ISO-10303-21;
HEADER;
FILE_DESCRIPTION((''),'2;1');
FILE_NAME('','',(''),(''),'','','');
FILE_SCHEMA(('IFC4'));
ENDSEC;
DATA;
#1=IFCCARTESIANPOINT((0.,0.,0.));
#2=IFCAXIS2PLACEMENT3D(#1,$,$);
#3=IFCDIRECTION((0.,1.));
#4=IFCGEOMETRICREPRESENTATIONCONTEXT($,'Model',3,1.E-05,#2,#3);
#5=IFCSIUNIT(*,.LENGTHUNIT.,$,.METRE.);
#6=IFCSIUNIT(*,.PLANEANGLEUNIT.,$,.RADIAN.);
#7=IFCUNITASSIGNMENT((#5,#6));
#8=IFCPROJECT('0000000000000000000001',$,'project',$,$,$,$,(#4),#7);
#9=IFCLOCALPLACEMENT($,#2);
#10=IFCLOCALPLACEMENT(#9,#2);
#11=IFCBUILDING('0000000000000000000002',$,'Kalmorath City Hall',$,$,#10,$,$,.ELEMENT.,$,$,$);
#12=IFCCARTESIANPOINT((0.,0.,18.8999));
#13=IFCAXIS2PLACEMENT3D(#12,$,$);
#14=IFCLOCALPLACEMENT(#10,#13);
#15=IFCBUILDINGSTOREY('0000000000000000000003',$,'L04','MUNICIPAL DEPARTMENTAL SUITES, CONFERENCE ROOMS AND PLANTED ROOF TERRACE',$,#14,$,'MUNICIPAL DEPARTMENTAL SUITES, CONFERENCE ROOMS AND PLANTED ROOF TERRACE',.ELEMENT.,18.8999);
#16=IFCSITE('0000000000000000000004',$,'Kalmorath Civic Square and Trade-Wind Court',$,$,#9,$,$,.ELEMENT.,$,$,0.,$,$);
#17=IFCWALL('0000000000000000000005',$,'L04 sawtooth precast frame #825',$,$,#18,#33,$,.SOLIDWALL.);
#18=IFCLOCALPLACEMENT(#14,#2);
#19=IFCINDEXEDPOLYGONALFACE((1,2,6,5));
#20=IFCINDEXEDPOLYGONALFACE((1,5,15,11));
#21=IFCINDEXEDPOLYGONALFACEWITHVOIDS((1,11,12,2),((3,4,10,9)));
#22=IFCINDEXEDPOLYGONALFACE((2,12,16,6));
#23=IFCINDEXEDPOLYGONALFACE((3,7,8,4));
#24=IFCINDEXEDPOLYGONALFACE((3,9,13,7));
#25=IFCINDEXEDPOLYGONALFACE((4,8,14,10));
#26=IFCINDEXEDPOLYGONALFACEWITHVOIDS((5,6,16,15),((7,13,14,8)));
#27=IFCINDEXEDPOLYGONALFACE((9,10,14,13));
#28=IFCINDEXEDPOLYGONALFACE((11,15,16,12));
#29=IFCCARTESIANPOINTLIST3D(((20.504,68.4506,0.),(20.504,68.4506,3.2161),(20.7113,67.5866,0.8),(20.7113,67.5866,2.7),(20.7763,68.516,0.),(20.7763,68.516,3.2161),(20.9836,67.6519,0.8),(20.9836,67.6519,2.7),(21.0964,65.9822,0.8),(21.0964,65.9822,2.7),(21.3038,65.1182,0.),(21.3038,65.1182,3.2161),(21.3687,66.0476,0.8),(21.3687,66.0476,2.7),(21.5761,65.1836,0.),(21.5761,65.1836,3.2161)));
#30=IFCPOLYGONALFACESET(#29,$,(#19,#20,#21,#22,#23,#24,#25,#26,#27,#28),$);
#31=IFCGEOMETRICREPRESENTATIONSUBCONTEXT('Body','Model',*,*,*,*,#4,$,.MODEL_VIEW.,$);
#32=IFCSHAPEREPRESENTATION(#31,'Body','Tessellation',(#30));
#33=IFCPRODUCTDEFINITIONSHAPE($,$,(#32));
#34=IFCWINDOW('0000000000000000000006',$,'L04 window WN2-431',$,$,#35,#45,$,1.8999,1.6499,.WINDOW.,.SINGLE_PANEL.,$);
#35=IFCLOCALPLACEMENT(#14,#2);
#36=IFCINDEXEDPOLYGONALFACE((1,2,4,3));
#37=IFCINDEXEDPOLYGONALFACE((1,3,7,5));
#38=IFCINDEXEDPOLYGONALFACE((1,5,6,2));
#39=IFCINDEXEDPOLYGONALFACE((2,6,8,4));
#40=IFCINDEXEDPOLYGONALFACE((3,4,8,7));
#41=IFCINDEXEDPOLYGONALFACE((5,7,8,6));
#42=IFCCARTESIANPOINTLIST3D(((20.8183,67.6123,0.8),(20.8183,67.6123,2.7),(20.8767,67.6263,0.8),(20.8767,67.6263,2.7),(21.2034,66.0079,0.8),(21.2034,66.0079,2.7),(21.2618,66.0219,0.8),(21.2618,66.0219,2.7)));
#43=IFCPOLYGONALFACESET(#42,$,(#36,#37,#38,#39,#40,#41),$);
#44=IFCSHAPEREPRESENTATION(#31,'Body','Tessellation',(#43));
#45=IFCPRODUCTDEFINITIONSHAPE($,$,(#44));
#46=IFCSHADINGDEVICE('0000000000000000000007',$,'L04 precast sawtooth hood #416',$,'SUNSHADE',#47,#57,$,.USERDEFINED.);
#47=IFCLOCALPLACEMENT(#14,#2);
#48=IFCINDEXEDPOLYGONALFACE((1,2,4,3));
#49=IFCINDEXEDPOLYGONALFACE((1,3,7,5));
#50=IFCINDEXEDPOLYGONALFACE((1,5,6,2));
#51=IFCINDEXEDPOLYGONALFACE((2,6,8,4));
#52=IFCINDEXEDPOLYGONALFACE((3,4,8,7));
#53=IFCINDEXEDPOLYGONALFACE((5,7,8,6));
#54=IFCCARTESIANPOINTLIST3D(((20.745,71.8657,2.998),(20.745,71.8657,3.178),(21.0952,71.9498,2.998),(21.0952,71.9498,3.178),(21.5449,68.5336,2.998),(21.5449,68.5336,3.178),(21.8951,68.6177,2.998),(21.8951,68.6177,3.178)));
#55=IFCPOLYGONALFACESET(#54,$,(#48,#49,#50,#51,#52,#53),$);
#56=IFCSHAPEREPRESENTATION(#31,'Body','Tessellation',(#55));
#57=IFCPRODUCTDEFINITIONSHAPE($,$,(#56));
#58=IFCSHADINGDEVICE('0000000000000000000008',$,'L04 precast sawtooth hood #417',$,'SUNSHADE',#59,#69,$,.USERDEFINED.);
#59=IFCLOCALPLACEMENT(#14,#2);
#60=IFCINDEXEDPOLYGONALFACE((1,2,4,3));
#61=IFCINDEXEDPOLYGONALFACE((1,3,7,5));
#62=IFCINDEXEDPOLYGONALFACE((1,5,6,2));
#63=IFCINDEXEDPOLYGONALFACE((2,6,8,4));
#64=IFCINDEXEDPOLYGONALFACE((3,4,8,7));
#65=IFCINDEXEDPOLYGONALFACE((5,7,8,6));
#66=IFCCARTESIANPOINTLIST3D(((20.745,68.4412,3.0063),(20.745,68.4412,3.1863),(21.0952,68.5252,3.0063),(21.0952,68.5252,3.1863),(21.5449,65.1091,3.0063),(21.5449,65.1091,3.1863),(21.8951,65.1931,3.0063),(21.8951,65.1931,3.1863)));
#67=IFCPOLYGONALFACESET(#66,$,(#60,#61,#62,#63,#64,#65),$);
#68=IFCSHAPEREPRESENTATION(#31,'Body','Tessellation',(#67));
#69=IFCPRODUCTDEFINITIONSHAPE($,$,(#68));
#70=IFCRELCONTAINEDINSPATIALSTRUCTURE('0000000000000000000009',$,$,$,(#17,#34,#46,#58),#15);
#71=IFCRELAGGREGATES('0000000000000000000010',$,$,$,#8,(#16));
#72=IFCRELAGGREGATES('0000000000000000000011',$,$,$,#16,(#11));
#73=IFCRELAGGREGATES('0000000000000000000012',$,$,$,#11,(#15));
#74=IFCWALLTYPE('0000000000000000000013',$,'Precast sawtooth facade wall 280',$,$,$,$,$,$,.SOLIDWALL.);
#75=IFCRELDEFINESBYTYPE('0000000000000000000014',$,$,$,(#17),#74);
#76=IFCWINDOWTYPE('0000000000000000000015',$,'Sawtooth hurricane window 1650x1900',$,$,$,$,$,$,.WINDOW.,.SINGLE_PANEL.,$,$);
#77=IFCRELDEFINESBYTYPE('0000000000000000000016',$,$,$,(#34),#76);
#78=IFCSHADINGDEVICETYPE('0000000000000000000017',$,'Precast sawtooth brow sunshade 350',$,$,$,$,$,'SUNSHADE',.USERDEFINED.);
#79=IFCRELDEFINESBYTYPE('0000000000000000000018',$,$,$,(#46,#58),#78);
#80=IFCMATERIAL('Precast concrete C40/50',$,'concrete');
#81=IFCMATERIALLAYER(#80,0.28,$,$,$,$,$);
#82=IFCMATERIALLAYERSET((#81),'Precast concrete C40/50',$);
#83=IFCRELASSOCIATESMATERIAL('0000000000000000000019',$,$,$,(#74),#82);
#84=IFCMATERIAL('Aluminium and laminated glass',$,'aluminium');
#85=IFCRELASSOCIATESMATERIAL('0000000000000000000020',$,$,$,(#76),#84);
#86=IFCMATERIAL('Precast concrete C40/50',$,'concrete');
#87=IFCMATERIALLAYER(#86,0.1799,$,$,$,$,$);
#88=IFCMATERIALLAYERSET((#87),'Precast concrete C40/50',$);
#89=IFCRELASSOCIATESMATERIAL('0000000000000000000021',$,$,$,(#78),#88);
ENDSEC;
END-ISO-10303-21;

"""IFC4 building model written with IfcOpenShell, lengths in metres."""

from ifc_helpers import new_model, si_unit, direction, frame, frame_2d, origin, origin_2d, place, context, subcontext, project, spatial, rectangle, extrude, material, layer, layer_set, type_object, element, fill, save


model = new_model("IFC4")

# Units and contexts
model_context = context("Model", 3, precision=1e-05, world=origin(), true_north=direction((0.0, 1.0)))
body_context = subcontext(model_context, "Body", "Model", "MODEL_VIEW")
ifc_project = project(units=[si_unit("LENGTHUNIT", "METRE"), si_unit("PLANEANGLEUNIT", "RADIAN")], contexts=[model_context])

# Site, building, storey
site_placement = place(None, origin())
site = spatial("IfcSite", under=ifc_project, at=site_placement, Name="Kalmorath Civic Square and Trade-Wind Court", CompositionType="ELEMENT", RefElevation=0.0)
building_placement = place(site_placement, origin())
building = spatial("IfcBuilding", under=site, at=building_placement, Name="Kalmorath City Hall", CompositionType="ELEMENT")
storey_placement = place(building_placement, frame((0.0, 0.0, 18.8999)))
storey = spatial("IfcBuildingStorey", under=building, at=storey_placement, Name="L04", Description="MUNICIPAL DEPARTMENTAL SUITES, CONFERENCE ROOMS AND PLANTED ROOF TERRACE", LongName="MUNICIPAL DEPARTMENTAL SUITES, CONFERENCE ROOMS AND PLANTED ROOF TERRACE", CompositionType="ELEMENT", Elevation=18.8999)

# Wall, opening, window
ifc_material_1 = material(Name="Precast concrete C40/50", Category="concrete")
ifc_layer_1 = layer(ifc_material_1, 0.28)
ifc_layer_set_1 = layer_set([ifc_layer_1], Name="Precast concrete C40/50")
wall_type_1 = type_object("IfcWallType", Name="Precast sawtooth facade wall 280", PredefinedType="SOLIDWALL", material=ifc_layer_set_1)
ifc_material_2 = material(Name="Aluminium and laminated glass", Category="aluminium")
window_type = type_object("IfcWindowType", Name="Sawtooth hurricane window 1650x1900", PartitioningType="SINGLE_PANEL", PredefinedType="WINDOW", material=ifc_material_2)
wall_1_placement = place(storey_placement, frame((20.6401, 68.4832, 0.0), z_axis=(0.0, 0.0, 1.0), x_axis=(0.233389, -0.972383, 0.0)))
wall_1 = element("IfcWall", 1, at=wall_1_placement, inside=storey, type_object=wall_type_1, Name="L04 sawtooth precast frame #825", PredefinedType="SOLIDWALL", context=body_context, shape_type="SweptSolid", body=[
    extrude(rectangle(XDim=3.427, YDim=0.28, at=frame_2d((1.7134, 0.0))), origin(), (0.0, 0.0, 1.0), 3.2161),
])
opening_1_placement = place(wall_1_placement, frame((0.8884, 0.0, 0.8)))
opening_1 = element("IfcOpeningElement", 2, at=opening_1_placement, cuts=wall_1, PredefinedType="OPENING", context=body_context, shape_type="SweptSolid", body=[
    extrude(rectangle(XDim=1.6499, YDim=1.8999, at=frame_2d((0.825, 0.95))), frame((0.0, 0.1499, 0.0), z_axis=(0.0, -1.0, 0.0), x_axis=(1.0, 0.0, 0.0)), (0.0, 0.0, 1.0), 0.3),
])
window_1_placement = place(opening_1_placement, origin())
window_1 = element("IfcWindow", 3, at=window_1_placement, inside=storey, type_object=window_type, Name="L04 window WN2-431", OverallHeight=1.8999, OverallWidth=1.6499, PartitioningType="SINGLE_PANEL", PredefinedType="WINDOW", context=body_context, shape_type="SweptSolid", body=[
    extrude(rectangle(XDim=1.6499, YDim=1.8999, at=frame_2d((0.825, 0.95))), frame((0.0, 0.03, 0.0), z_axis=(0.0, -1.0, 0.0), x_axis=(1.0, 0.0, 0.0)), (0.0, 0.0, 1.0), 0.0601),
])
fill(opening_1, window_1)

# Shading devices
ifc_material_3 = material(Name="Precast concrete C40/50", Category="concrete")
ifc_layer_2 = layer(ifc_material_3, 0.1799)
ifc_layer_set_2 = layer_set([ifc_layer_2], Name="Precast concrete C40/50")
shading_device_type = type_object("IfcShadingDeviceType", Name="Precast sawtooth brow sunshade 350", ElementType="SUNSHADE", PredefinedType="USERDEFINED", material=ifc_layer_set_2)
for number, where, z_axis, x_axis, name in (
    (4, (21.3201, 70.2417, 2.998), (0.0, 0.0, 1.0), (0.233428, -0.972374, 0.0), "L04 precast sawtooth hood #416"),
    (5, (21.3201, 66.8171, 3.0063), (0.0, 0.0, 1.0), (0.233428, -0.972374, 0.0), "L04 precast sawtooth hood #417"),
):
    element("IfcShadingDevice", number, at=place(storey_placement, frame(where, z_axis=z_axis, x_axis=x_axis)), inside=storey, type_object=shading_device_type, Name=name, ObjectType="SUNSHADE", PredefinedType="USERDEFINED", context=body_context, shape_type="SweptSolid", body=[
        extrude(rectangle(XDim=3.4268, YDim=0.3601, at=origin_2d()), origin(), (0.0, 0.0, 1.0), 0.1799),
    ])

save(model, "model.ifc")
